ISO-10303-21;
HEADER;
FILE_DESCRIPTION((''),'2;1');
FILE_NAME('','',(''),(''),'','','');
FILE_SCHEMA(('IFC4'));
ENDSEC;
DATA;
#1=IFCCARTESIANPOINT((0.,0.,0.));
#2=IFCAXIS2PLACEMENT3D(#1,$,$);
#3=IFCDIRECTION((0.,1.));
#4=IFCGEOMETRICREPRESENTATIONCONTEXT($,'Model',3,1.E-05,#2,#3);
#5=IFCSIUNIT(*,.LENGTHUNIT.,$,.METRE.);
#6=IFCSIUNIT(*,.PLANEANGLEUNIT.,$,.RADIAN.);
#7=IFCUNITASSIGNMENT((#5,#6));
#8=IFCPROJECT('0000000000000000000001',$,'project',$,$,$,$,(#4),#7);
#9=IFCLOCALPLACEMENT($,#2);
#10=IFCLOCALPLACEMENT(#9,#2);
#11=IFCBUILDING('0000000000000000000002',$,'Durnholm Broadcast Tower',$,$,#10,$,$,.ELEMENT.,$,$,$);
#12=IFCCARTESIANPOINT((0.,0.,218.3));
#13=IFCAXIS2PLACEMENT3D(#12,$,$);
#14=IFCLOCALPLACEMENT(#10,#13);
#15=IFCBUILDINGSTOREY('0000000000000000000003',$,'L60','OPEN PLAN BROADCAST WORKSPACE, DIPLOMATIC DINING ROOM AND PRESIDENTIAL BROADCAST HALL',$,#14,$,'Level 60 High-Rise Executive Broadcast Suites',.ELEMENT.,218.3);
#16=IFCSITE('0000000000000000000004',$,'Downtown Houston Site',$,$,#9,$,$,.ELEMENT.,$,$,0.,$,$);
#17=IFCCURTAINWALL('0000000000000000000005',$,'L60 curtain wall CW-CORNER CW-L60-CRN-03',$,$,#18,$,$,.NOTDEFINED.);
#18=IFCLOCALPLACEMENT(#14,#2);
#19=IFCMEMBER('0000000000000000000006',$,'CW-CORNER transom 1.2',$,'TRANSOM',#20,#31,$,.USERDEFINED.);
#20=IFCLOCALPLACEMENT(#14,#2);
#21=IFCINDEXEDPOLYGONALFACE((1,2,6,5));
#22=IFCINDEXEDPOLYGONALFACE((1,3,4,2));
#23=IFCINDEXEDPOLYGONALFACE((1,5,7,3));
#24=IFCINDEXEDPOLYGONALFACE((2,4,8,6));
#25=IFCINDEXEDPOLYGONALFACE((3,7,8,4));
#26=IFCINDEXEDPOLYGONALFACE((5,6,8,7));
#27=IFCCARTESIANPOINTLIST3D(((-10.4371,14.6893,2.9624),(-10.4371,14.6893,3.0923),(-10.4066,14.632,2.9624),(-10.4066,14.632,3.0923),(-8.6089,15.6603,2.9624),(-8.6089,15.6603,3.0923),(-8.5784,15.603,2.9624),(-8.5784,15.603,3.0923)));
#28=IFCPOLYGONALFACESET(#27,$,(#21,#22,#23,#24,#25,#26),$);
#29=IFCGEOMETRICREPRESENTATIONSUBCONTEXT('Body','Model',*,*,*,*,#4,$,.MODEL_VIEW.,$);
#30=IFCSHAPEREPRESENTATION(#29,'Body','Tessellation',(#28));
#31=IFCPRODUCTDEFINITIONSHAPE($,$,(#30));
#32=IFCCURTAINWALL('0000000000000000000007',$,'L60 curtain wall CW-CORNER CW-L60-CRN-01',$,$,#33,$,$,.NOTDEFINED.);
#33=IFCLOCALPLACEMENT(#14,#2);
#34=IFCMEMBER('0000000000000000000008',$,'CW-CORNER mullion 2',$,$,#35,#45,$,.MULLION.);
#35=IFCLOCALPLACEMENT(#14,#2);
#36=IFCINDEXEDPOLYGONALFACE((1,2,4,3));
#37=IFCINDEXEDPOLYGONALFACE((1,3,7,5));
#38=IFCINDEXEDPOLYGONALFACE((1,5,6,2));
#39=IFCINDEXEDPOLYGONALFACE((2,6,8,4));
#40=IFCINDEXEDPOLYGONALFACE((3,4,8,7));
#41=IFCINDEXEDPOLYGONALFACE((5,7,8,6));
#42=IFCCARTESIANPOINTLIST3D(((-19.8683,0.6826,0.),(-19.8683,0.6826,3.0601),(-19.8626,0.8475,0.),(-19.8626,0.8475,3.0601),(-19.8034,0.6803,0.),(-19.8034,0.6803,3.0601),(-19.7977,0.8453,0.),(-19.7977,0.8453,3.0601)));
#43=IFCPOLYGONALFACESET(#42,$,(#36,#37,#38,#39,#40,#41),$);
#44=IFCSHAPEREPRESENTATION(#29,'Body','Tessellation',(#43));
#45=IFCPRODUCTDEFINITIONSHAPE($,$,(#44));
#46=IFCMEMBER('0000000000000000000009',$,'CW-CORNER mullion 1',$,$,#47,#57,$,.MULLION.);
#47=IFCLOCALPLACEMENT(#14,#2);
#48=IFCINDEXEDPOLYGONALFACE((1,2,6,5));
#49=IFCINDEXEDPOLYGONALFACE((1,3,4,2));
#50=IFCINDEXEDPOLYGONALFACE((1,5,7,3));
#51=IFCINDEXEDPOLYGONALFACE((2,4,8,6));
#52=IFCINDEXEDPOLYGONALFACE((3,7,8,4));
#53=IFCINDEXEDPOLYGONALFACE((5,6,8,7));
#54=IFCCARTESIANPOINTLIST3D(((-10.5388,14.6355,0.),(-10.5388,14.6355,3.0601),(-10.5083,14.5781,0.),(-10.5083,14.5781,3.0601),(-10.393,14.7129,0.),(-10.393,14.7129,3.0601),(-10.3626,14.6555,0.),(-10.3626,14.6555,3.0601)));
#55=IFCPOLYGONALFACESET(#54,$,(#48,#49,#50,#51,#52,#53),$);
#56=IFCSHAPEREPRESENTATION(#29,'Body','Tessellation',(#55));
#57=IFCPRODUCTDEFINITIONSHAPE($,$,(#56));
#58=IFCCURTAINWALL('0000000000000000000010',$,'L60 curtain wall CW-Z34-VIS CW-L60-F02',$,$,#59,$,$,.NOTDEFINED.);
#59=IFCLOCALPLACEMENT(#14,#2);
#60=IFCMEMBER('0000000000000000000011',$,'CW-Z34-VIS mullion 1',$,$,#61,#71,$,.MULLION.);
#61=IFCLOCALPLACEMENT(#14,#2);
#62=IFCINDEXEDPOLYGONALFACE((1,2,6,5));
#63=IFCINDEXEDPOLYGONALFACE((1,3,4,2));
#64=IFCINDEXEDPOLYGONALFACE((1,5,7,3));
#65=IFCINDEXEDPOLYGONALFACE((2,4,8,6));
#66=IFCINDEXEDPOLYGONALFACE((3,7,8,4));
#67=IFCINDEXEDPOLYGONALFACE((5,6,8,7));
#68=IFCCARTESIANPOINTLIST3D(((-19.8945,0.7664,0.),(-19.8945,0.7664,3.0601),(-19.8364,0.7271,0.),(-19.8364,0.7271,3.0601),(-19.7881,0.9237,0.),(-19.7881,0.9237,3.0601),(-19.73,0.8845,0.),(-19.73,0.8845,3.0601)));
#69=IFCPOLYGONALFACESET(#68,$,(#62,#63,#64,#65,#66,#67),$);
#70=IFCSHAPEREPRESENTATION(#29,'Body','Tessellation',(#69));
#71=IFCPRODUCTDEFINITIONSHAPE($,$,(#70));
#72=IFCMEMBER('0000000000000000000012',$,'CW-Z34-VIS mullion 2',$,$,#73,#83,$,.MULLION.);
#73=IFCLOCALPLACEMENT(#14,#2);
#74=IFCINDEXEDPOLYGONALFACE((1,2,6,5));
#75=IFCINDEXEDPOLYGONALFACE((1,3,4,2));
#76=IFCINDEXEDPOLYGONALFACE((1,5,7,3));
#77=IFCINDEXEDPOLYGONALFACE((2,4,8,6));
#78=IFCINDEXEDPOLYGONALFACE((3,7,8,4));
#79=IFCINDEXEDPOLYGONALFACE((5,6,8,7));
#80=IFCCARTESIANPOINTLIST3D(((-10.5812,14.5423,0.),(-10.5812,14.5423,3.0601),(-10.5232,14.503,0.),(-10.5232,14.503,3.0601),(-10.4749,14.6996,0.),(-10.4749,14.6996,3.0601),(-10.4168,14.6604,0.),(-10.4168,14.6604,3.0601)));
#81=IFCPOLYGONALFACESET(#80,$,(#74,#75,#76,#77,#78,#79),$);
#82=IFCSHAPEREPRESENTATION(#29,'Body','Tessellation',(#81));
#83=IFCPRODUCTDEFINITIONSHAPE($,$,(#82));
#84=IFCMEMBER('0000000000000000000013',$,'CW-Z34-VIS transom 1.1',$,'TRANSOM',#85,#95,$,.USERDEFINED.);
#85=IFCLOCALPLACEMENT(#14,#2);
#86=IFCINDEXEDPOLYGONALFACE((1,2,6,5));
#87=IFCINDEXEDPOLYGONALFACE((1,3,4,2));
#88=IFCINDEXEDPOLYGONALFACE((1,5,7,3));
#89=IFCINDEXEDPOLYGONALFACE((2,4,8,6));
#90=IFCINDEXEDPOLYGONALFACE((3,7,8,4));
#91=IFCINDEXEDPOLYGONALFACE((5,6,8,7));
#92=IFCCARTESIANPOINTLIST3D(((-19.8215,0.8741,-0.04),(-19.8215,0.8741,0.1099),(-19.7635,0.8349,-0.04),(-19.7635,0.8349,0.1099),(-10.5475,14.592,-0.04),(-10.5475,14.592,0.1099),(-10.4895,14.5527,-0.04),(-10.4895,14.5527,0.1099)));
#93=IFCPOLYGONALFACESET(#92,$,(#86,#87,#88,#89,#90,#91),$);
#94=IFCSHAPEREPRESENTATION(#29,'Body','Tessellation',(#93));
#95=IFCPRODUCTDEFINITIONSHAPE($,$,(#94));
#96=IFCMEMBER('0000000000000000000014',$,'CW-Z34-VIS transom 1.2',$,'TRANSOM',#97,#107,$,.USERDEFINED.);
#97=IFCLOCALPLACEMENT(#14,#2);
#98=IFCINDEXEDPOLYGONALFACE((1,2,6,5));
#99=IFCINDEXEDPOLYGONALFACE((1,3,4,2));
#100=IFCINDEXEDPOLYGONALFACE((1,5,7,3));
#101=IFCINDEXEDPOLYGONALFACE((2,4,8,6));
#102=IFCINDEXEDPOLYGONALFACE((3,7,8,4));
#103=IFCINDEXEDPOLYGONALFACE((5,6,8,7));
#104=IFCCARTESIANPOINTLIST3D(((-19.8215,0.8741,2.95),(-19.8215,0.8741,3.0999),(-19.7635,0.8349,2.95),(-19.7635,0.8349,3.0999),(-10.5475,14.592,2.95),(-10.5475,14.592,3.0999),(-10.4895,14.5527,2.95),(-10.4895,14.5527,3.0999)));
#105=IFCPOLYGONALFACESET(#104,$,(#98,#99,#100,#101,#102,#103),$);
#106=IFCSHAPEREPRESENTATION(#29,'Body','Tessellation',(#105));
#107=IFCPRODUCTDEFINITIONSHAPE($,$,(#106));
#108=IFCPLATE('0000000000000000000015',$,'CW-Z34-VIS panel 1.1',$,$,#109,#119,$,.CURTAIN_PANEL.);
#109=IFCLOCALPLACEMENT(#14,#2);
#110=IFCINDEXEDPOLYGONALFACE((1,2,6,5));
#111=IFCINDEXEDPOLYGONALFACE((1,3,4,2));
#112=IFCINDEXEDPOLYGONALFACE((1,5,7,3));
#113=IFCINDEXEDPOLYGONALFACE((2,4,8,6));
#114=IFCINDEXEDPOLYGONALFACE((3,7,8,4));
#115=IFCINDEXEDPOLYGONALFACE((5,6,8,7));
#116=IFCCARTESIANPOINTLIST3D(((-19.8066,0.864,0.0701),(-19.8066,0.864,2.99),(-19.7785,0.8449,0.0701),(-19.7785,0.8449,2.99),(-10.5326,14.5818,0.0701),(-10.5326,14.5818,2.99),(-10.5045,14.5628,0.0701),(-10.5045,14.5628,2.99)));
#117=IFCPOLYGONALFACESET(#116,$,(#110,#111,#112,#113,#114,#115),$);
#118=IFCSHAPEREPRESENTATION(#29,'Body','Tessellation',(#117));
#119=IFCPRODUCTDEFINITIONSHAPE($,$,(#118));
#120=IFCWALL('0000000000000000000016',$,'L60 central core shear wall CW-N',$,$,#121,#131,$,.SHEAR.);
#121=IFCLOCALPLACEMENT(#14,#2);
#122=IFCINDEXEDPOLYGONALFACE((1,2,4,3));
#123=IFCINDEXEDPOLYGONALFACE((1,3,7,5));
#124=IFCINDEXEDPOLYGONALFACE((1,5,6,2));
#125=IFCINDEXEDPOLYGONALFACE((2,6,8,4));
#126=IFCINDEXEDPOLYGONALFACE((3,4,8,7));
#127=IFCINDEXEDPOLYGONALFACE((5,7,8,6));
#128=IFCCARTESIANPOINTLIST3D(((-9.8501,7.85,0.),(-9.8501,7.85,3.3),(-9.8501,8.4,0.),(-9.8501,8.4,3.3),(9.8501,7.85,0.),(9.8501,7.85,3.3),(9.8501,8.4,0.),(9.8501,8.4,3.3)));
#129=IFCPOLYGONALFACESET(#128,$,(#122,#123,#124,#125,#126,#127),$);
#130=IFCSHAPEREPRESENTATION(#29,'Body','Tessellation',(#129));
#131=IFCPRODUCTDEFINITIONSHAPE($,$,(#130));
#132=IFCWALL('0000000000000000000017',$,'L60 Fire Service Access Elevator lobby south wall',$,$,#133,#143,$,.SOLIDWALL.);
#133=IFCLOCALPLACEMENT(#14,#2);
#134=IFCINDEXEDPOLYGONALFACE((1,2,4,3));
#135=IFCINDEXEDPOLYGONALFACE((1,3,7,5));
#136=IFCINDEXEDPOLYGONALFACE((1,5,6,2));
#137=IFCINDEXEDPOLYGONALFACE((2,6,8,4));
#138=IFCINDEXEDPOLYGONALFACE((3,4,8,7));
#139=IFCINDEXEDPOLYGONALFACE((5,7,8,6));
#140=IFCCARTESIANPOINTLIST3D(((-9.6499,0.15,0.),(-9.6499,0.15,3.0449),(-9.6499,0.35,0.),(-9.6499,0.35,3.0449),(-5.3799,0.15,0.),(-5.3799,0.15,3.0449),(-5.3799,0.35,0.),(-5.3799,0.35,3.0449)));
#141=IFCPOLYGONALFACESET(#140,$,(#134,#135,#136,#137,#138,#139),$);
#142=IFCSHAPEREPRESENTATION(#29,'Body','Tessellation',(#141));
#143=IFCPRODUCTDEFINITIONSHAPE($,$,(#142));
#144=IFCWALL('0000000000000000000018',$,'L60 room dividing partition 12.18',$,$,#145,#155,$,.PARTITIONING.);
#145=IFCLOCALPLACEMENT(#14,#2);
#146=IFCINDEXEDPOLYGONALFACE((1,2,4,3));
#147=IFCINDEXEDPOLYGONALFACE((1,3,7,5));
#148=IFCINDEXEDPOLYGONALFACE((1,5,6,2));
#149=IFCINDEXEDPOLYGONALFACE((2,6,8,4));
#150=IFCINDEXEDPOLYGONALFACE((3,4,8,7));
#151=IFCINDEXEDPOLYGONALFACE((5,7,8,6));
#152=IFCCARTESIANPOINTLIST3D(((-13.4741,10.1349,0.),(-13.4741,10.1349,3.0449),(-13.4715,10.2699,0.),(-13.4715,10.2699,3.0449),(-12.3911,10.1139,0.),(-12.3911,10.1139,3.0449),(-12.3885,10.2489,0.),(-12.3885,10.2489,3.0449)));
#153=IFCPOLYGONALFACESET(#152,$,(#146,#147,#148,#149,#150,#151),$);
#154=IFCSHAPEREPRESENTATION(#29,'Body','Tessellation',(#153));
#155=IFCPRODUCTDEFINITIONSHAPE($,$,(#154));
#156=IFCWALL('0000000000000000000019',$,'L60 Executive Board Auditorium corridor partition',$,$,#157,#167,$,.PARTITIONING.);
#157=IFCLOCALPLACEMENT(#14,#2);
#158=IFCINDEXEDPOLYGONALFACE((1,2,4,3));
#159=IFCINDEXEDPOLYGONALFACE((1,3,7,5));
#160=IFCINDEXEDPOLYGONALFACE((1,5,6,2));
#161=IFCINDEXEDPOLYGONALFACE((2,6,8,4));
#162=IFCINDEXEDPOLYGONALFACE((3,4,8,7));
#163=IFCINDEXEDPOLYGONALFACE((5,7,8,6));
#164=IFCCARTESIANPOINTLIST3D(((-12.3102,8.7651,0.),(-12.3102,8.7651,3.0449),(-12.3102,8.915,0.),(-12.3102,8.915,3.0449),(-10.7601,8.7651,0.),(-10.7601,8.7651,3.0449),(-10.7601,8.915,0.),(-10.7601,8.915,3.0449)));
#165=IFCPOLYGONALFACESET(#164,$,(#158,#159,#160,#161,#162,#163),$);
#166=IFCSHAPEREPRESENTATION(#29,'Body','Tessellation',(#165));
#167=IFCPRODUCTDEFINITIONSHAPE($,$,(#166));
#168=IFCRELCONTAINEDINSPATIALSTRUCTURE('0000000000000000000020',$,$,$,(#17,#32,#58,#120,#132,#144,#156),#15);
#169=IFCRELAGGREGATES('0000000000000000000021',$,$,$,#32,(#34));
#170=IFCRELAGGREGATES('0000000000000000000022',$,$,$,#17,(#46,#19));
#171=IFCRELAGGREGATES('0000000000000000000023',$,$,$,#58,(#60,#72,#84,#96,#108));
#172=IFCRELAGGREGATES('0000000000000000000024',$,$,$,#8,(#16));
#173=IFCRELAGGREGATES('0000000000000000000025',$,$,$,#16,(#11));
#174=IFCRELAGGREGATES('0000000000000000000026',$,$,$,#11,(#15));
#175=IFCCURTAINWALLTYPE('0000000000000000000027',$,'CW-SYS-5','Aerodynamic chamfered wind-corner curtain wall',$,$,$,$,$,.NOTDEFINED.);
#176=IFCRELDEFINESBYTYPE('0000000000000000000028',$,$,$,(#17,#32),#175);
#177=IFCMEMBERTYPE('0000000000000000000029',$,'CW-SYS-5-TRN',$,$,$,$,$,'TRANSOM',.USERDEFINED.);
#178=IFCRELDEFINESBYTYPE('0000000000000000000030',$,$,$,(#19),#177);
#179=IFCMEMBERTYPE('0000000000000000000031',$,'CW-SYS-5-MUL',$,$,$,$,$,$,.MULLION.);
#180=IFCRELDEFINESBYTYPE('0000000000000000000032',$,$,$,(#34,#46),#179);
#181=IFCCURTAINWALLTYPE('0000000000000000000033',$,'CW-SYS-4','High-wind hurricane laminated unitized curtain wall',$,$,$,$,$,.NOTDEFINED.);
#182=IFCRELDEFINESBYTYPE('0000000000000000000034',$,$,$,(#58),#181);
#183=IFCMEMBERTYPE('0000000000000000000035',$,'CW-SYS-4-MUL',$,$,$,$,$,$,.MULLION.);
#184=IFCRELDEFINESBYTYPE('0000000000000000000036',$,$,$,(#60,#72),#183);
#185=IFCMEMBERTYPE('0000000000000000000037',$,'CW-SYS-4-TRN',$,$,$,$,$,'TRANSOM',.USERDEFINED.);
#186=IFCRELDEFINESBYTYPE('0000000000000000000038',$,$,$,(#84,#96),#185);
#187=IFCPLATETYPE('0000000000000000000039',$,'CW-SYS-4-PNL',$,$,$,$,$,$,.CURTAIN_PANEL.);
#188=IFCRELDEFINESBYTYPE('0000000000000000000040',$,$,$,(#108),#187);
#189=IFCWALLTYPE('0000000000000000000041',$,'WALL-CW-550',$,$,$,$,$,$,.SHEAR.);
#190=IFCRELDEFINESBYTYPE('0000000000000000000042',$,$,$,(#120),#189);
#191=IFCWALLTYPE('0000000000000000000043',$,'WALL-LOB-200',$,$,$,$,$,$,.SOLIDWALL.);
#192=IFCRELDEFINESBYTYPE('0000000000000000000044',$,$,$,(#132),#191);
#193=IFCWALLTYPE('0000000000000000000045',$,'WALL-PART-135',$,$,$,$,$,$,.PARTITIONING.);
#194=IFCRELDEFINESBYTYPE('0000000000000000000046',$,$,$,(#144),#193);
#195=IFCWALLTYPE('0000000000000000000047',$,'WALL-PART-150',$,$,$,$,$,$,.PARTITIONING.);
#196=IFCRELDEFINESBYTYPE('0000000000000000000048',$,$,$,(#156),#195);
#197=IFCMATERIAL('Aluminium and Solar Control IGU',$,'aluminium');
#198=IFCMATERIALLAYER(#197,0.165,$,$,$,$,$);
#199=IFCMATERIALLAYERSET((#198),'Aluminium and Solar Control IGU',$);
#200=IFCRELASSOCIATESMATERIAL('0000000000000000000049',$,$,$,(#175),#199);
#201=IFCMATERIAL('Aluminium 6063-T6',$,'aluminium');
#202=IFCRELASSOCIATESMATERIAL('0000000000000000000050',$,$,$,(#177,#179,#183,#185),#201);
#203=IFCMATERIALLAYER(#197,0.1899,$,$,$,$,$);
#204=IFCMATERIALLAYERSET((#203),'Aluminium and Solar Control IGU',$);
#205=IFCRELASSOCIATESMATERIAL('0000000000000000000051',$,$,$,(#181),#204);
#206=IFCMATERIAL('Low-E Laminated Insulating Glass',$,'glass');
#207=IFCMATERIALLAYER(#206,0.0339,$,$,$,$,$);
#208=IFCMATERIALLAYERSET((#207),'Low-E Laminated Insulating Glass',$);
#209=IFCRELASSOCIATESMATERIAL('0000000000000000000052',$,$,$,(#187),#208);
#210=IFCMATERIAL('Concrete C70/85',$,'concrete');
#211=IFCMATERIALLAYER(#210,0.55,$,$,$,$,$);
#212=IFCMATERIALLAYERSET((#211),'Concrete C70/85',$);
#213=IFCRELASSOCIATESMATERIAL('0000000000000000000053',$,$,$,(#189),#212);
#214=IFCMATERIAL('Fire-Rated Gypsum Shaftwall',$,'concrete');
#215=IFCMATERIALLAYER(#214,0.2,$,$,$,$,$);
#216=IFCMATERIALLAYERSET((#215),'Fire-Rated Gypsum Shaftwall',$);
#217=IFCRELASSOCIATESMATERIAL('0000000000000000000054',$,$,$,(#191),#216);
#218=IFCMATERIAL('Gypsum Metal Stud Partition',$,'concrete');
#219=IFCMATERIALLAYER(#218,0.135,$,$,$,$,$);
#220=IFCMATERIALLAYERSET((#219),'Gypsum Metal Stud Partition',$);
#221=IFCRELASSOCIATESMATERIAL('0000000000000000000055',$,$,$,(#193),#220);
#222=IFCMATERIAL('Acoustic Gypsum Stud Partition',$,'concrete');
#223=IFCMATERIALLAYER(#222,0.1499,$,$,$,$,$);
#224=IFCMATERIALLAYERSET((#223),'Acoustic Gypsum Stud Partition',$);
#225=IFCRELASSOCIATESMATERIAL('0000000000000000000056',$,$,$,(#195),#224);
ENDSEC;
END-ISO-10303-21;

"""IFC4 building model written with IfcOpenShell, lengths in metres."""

from ifc_helpers import new_model, si_unit, direction, frame, frame_2d, origin, origin_2d, place, context, subcontext, project, spatial, rectangle, extrude, source, transform, mapped, material, layer, layer_set, material_profile, profile_set, type_object, type_shapes, element, aggregate, save


model = new_model("IFC4")

# Units and contexts
model_context = context("Model", 3, precision=1e-05, world=origin(), true_north=direction((0.0, 1.0)))
body_context = subcontext(model_context, "Body", "Model", "MODEL_VIEW")
ifc_project = project(units=[si_unit("LENGTHUNIT", "METRE"), si_unit("PLANEANGLEUNIT", "RADIAN")], contexts=[model_context])

# Site, building, storey
site_placement = place(None, origin())
site = spatial("IfcSite", under=ifc_project, at=site_placement, Name="Downtown Houston Site", CompositionType="ELEMENT", RefElevation=0.0)
building_placement = place(site_placement, origin())
building = spatial("IfcBuilding", under=site, at=building_placement, Name="Durnholm Broadcast Tower", CompositionType="ELEMENT")
storey_placement = place(building_placement, frame((0.0, 0.0, 218.3)))
storey = spatial("IfcBuildingStorey", under=building, at=storey_placement, Name="L60", Description="OPEN PLAN BROADCAST WORKSPACE, DIPLOMATIC DINING ROOM AND PRESIDENTIAL BROADCAST HALL", LongName="Level 60 High-Rise Executive Broadcast Suites", CompositionType="ELEMENT", Elevation=218.3)

# Shared definitions
ifc_material_1 = material(Name="Concrete C70/85", Category="concrete")

# Curtain wall, member
ifc_material_2 = material(Name="Aluminium and Solar Control IGU", Category="aluminium")
ifc_layer_1 = layer(ifc_material_2, 0.165)
ifc_layer_set_1 = layer_set([ifc_layer_1], Name="Aluminium and Solar Control IGU")
curtain_wall_type_1 = type_object("IfcCurtainWallType", Name="CW-SYS-5", Description="Aerodynamic chamfered wind-corner curtain wall", PredefinedType="NOTDEFINED", material=ifc_layer_set_1)
curtain_wall_1_placement = place(storey_placement, origin())
curtain_wall_1 = element("IfcCurtainWall", 1, at=curtain_wall_1_placement, inside=storey, type_object=curtain_wall_type_1, Name="L60 curtain wall CW-CORNER CW-L60-CRN-03", PredefinedType="NOTDEFINED")
ifc_material_3 = material(Name="Aluminium 6063-T6", Category="aluminium")
ifc_material_profile_1 = material_profile(ifc_material_3, rectangle(XDim=0.0649, YDim=0.1299, at=origin_2d()), Name="CWT65X130")
ifc_profile_set_1 = profile_set([ifc_material_profile_1], Name="Aluminium 6063-T6")
member_type_1 = type_object("IfcMemberType", Name="CW-SYS-5-TRN", ElementType="TRANSOM", PredefinedType="USERDEFINED", material=ifc_profile_set_1)
shared_shape_1 = source(origin(), body_context, "Body", "SweptSolid", [
    extrude(rectangle(XDim=0.0649, YDim=0.1299, at=origin_2d()), origin(), (0.0, 0.0, 1.0), 2.0701),
])
type_shapes(member_type_1, [shared_shape_1])
member_1_placement = place(storey_placement, frame((-10.4219, 14.6606, 3.0273), z_axis=(0.883165, 0.469063, 0.0), x_axis=(-0.469063, 0.883165, 0.0)))
member_1 = element("IfcMember", 2, at=member_1_placement, type_object=member_type_1, Name="CW-CORNER transom 1.2", ObjectType="TRANSOM", PredefinedType="USERDEFINED", context=body_context, shape_type="MappedRepresentation", body=[
    mapped(shared_shape_1, transform((0.0, 0.0, 0.0), x_axis=(1.0, 0.0, 0.0), y_axis=(0.0, 1.0, 0.0), z_axis=(0.0, 0.0, 1.0), scale=1.0)),
])

# Curtain wall, member
curtain_wall_2_placement = place(storey_placement, origin())
curtain_wall_2 = element("IfcCurtainWall", 3, at=curtain_wall_2_placement, inside=storey, type_object=curtain_wall_type_1, Name="L60 curtain wall CW-CORNER CW-L60-CRN-01", PredefinedType="NOTDEFINED")
ifc_material_profile_2 = material_profile(ifc_material_3, rectangle(XDim=0.0649, YDim=0.165, at=origin_2d()), Name="CWM65X165")
ifc_profile_set_2 = profile_set([ifc_material_profile_2], Name="Aluminium 6063-T6")
member_type_2 = type_object("IfcMemberType", Name="CW-SYS-5-MUL", PredefinedType="MULLION", material=ifc_profile_set_2)
shared_shape_2 = source(origin(), body_context, "Body", "SweptSolid", [
    extrude(rectangle(XDim=0.0649, YDim=0.165, at=origin_2d()), origin(), (0.0, 0.0, 1.0), 3.0601),
])
type_shapes(member_type_2, [shared_shape_2])
member_2_placement = place(storey_placement, frame((-19.833, 0.7639, 0.0), z_axis=(0.0, 0.0, 1.0), x_axis=(-0.999411, 0.034318, 0.0)))
member_2 = element("IfcMember", 4, at=member_2_placement, type_object=member_type_2, Name="CW-CORNER mullion 2", PredefinedType="MULLION", context=body_context, shape_type="MappedRepresentation", body=[
    mapped(shared_shape_2, transform((0.0, 0.0, 0.0), x_axis=(1.0, 0.0, 0.0), y_axis=(0.0, 1.0, 0.0), z_axis=(0.0, 0.0, 1.0), scale=1.0)),
])
aggregate(curtain_wall_2, [member_2])

# Member
member_3_placement = place(storey_placement, frame((-10.4507, 14.6455, 0.0), z_axis=(0.0, 0.0, 1.0), x_axis=(-0.469007, 0.883195, 0.0)))
member_3 = element("IfcMember", 5, at=member_3_placement, type_object=member_type_2, Name="CW-CORNER mullion 1", PredefinedType="MULLION", context=body_context, shape_type="MappedRepresentation", body=[
    mapped(shared_shape_2, transform((0.0, 0.0, 0.0), x_axis=(1.0, 0.0, 0.0), y_axis=(0.0, 1.0, 0.0), z_axis=(0.0, 0.0, 1.0), scale=1.0)),
])
aggregate(curtain_wall_1, [member_3, member_1])

# Curtain wall, members, plate
ifc_layer_2 = layer(ifc_material_2, 0.1899)
ifc_layer_set_2 = layer_set([ifc_layer_2], Name="Aluminium and Solar Control IGU")
curtain_wall_type_2 = type_object("IfcCurtainWallType", Name="CW-SYS-4", Description="High-wind hurricane laminated unitized curtain wall", PredefinedType="NOTDEFINED", material=ifc_layer_set_2)
curtain_wall_3_placement = place(storey_placement, origin())
curtain_wall_3 = element("IfcCurtainWall", 6, at=curtain_wall_3_placement, inside=storey, type_object=curtain_wall_type_2, Name="L60 curtain wall CW-Z34-VIS CW-L60-F02", PredefinedType="NOTDEFINED")
ifc_material_profile_3 = material_profile(ifc_material_3, rectangle(XDim=0.0701, YDim=0.1899, at=origin_2d()), Name="CWM70X190")
ifc_profile_set_3 = profile_set([ifc_material_profile_3], Name="Aluminium 6063-T6")
member_type_3 = type_object("IfcMemberType", Name="CW-SYS-4-MUL", PredefinedType="MULLION", material=ifc_profile_set_3)
shared_shape_3 = source(origin(), body_context, "Body", "SweptSolid", [
    extrude(rectangle(XDim=0.0701, YDim=0.1899, at=origin_2d()), origin(), (0.0, 0.0, 1.0), 3.0601),
])
type_shapes(member_type_3, [shared_shape_3])
member_4_placement = place(storey_placement, frame((-19.8123, 0.8254, 0.0), z_axis=(0.0, 0.0, 1.0), x_axis=(-0.828443, 0.560073, 0.0)))
member_4 = element("IfcMember", 7, at=member_4_placement, type_object=member_type_3, Name="CW-Z34-VIS mullion 1", PredefinedType="MULLION", context=body_context, shape_type="MappedRepresentation", body=[
    mapped(shared_shape_3, transform((0.0, 0.0, 0.0), x_axis=(1.0, 0.0, 0.0), y_axis=(0.0, 1.0, 0.0), z_axis=(0.0, 0.0, 1.0), scale=1.0)),
])
member_5_placement = place(storey_placement, frame((-10.499, 14.6013, 0.0), z_axis=(0.0, 0.0, 1.0), x_axis=(-0.828443, 0.560073, 0.0)))
member_5 = element("IfcMember", 8, at=member_5_placement, type_object=member_type_3, Name="CW-Z34-VIS mullion 2", PredefinedType="MULLION", context=body_context, shape_type="MappedRepresentation", body=[
    mapped(shared_shape_3, transform((0.0, 0.0, 0.0), x_axis=(1.0, 0.0, 0.0), y_axis=(0.0, 1.0, 0.0), z_axis=(0.0, 0.0, 1.0), scale=1.0)),
])
ifc_material_profile_4 = material_profile(ifc_material_3, rectangle(XDim=0.0701, YDim=0.1499, at=origin_2d()), Name="CWT70X150")
ifc_profile_set_4 = profile_set([ifc_material_profile_4], Name="Aluminium 6063-T6")
member_type_4 = type_object("IfcMemberType", Name="CW-SYS-4-TRN", ElementType="TRANSOM", PredefinedType="USERDEFINED", material=ifc_profile_set_4)
shared_shape_4 = source(origin(), body_context, "Body", "SweptSolid", [
    extrude(rectangle(XDim=0.0701, YDim=0.1499, at=origin_2d()), origin(), (0.0, 0.0, 1.0), 16.5586),
])
type_shapes(member_type_4, [shared_shape_4])
member_6_placement = place(storey_placement, frame((-19.7925, 0.8545, 0.0349), z_axis=(0.560071, 0.828444, 0.0), x_axis=(-0.828444, 0.560071, 0.0)))
member_6 = element("IfcMember", 9, at=member_6_placement, type_object=member_type_4, Name="CW-Z34-VIS transom 1.1", ObjectType="TRANSOM", PredefinedType="USERDEFINED", context=body_context, shape_type="MappedRepresentation", body=[
    mapped(shared_shape_4, transform((0.0, 0.0, 0.0), x_axis=(1.0, 0.0, 0.0), y_axis=(0.0, 1.0, 0.0), z_axis=(0.0, 0.0, 1.0), scale=1.0)),
])
member_7_placement = place(storey_placement, frame((-19.7925, 0.8545, 3.0249), z_axis=(0.560071, 0.828444, 0.0), x_axis=(-0.828444, 0.560071, 0.0)))
member_7 = element("IfcMember", 10, at=member_7_placement, type_object=member_type_4, Name="CW-Z34-VIS transom 1.2", ObjectType="TRANSOM", PredefinedType="USERDEFINED", context=body_context, shape_type="MappedRepresentation", body=[
    mapped(shared_shape_4, transform((0.0, 0.0, 0.0), x_axis=(1.0, 0.0, 0.0), y_axis=(0.0, 1.0, 0.0), z_axis=(0.0, 0.0, 1.0), scale=1.0)),
])
ifc_material_4 = material(Name="Low-E Laminated Insulating Glass", Category="glass")
ifc_layer_3 = layer(ifc_material_4, 0.0339)
ifc_layer_set_3 = layer_set([ifc_layer_3], Name="Low-E Laminated Insulating Glass")
plate_type = type_object("IfcPlateType", Name="CW-SYS-4-PNL", PredefinedType="CURTAIN_PANEL", material=ifc_layer_set_3)
shared_shape_5 = source(origin(), body_context, "Body", "SweptSolid", [
    extrude(rectangle(XDim=16.5586, YDim=0.0339, at=origin_2d()), origin(), (0.0, 0.0, 1.0), 2.9199),
])
type_shapes(plate_type, [shared_shape_5])
plate_placement = place(storey_placement, frame((-15.1555, 7.7134, 0.0701), z_axis=(0.0, 0.0, 1.0), x_axis=(0.560073, 0.828443, 0.0)))
plate = element("IfcPlate", 11, at=plate_placement, type_object=plate_type, Name="CW-Z34-VIS panel 1.1", PredefinedType="CURTAIN_PANEL", context=body_context, shape_type="MappedRepresentation", body=[
    mapped(shared_shape_5, transform((0.0, 0.0, 0.0), x_axis=(1.0, 0.0, 0.0), y_axis=(0.0, 1.0, 0.0), z_axis=(0.0, 0.0, 1.0), scale=1.0)),
])
aggregate(curtain_wall_3, [member_4, member_5, member_6, member_7, plate])

# Walls
ifc_layer_4 = layer(ifc_material_1, 0.55)
ifc_layer_set_4 = layer_set([ifc_layer_4], Name="Concrete C70/85")
wall_type_1 = type_object("IfcWallType", Name="WALL-CW-550", PredefinedType="SHEAR", material=ifc_layer_set_4)
wall_1_placement = place(storey_placement, frame((-9.8501, 8.125, 0.0), z_axis=(0.0, 0.0, 1.0), x_axis=(1.0, 0.0, 0.0)))
element("IfcWall", 12, at=wall_1_placement, inside=storey, type_object=wall_type_1, Name="L60 central core shear wall CW-N", PredefinedType="SHEAR", context=body_context, shape_type="SweptSolid", body=[
    extrude(rectangle(XDim=19.7002, YDim=0.55, at=frame_2d((9.8501, 0.0))), origin(), (0.0, 0.0, 1.0), 3.3),
])
ifc_material_5 = material(Name="Fire-Rated Gypsum Shaftwall", Category="concrete")
ifc_layer_5 = layer(ifc_material_5, 0.2)
ifc_layer_set_5 = layer_set([ifc_layer_5], Name="Fire-Rated Gypsum Shaftwall")
wall_type_2 = type_object("IfcWallType", Name="WALL-LOB-200", PredefinedType="SOLIDWALL", material=ifc_layer_set_5)
wall_2_placement = place(storey_placement, frame((-9.6499, 0.25, 0.0), z_axis=(0.0, 0.0, 1.0), x_axis=(1.0, 0.0, 0.0)))
element("IfcWall", 13, at=wall_2_placement, inside=storey, type_object=wall_type_2, Name="L60 Fire Service Access Elevator lobby south wall", PredefinedType="SOLIDWALL", context=body_context, shape_type="SweptSolid", body=[
    extrude(rectangle(XDim=4.27, YDim=0.2, at=frame_2d((2.135, 0.0))), origin(), (0.0, 0.0, 1.0), 3.0449),
])
ifc_material_6 = material(Name="Gypsum Metal Stud Partition", Category="concrete")
ifc_layer_6 = layer(ifc_material_6, 0.135)
ifc_layer_set_6 = layer_set([ifc_layer_6], Name="Gypsum Metal Stud Partition")
wall_type_3 = type_object("IfcWallType", Name="WALL-PART-135", PredefinedType="PARTITIONING", material=ifc_layer_set_6)
wall_3_placement = place(storey_placement, frame((-12.3899, 10.1814, 0.0), z_axis=(0.0, 0.0, 1.0), x_axis=(-0.999812, 0.019383, 0.0)))
element("IfcWall", 14, at=wall_3_placement, inside=storey, type_object=wall_type_3, Name="L60 room dividing partition 12.18", PredefinedType="PARTITIONING", context=body_context, shape_type="SweptSolid", body=[
    extrude(rectangle(XDim=1.0833, YDim=0.135, at=frame_2d((0.5415, 0.0))), origin(), (0.0, 0.0, 1.0), 3.0449),
])
ifc_material_7 = material(Name="Acoustic Gypsum Stud Partition", Category="concrete")
ifc_layer_7 = layer(ifc_material_7, 0.1499)
ifc_layer_set_7 = layer_set([ifc_layer_7], Name="Acoustic Gypsum Stud Partition")
wall_type_4 = type_object("IfcWallType", Name="WALL-PART-150", PredefinedType="PARTITIONING", material=ifc_layer_set_7)
wall_4_placement = place(storey_placement, frame((-12.3101, 8.8401, 0.0), z_axis=(0.0, 0.0, 1.0), x_axis=(1.0, 0.0, 0.0)))
element("IfcWall", 15, at=wall_4_placement, inside=storey, type_object=wall_type_4, Name="L60 Executive Board Auditorium corridor partition", PredefinedType="PARTITIONING", context=body_context, shape_type="SweptSolid", body=[
    extrude(rectangle(XDim=1.55, YDim=0.1499, at=frame_2d((0.7749, 0.0))), origin(), (0.0, 0.0, 1.0), 3.0449),
])

save(model, "model.ifc")
